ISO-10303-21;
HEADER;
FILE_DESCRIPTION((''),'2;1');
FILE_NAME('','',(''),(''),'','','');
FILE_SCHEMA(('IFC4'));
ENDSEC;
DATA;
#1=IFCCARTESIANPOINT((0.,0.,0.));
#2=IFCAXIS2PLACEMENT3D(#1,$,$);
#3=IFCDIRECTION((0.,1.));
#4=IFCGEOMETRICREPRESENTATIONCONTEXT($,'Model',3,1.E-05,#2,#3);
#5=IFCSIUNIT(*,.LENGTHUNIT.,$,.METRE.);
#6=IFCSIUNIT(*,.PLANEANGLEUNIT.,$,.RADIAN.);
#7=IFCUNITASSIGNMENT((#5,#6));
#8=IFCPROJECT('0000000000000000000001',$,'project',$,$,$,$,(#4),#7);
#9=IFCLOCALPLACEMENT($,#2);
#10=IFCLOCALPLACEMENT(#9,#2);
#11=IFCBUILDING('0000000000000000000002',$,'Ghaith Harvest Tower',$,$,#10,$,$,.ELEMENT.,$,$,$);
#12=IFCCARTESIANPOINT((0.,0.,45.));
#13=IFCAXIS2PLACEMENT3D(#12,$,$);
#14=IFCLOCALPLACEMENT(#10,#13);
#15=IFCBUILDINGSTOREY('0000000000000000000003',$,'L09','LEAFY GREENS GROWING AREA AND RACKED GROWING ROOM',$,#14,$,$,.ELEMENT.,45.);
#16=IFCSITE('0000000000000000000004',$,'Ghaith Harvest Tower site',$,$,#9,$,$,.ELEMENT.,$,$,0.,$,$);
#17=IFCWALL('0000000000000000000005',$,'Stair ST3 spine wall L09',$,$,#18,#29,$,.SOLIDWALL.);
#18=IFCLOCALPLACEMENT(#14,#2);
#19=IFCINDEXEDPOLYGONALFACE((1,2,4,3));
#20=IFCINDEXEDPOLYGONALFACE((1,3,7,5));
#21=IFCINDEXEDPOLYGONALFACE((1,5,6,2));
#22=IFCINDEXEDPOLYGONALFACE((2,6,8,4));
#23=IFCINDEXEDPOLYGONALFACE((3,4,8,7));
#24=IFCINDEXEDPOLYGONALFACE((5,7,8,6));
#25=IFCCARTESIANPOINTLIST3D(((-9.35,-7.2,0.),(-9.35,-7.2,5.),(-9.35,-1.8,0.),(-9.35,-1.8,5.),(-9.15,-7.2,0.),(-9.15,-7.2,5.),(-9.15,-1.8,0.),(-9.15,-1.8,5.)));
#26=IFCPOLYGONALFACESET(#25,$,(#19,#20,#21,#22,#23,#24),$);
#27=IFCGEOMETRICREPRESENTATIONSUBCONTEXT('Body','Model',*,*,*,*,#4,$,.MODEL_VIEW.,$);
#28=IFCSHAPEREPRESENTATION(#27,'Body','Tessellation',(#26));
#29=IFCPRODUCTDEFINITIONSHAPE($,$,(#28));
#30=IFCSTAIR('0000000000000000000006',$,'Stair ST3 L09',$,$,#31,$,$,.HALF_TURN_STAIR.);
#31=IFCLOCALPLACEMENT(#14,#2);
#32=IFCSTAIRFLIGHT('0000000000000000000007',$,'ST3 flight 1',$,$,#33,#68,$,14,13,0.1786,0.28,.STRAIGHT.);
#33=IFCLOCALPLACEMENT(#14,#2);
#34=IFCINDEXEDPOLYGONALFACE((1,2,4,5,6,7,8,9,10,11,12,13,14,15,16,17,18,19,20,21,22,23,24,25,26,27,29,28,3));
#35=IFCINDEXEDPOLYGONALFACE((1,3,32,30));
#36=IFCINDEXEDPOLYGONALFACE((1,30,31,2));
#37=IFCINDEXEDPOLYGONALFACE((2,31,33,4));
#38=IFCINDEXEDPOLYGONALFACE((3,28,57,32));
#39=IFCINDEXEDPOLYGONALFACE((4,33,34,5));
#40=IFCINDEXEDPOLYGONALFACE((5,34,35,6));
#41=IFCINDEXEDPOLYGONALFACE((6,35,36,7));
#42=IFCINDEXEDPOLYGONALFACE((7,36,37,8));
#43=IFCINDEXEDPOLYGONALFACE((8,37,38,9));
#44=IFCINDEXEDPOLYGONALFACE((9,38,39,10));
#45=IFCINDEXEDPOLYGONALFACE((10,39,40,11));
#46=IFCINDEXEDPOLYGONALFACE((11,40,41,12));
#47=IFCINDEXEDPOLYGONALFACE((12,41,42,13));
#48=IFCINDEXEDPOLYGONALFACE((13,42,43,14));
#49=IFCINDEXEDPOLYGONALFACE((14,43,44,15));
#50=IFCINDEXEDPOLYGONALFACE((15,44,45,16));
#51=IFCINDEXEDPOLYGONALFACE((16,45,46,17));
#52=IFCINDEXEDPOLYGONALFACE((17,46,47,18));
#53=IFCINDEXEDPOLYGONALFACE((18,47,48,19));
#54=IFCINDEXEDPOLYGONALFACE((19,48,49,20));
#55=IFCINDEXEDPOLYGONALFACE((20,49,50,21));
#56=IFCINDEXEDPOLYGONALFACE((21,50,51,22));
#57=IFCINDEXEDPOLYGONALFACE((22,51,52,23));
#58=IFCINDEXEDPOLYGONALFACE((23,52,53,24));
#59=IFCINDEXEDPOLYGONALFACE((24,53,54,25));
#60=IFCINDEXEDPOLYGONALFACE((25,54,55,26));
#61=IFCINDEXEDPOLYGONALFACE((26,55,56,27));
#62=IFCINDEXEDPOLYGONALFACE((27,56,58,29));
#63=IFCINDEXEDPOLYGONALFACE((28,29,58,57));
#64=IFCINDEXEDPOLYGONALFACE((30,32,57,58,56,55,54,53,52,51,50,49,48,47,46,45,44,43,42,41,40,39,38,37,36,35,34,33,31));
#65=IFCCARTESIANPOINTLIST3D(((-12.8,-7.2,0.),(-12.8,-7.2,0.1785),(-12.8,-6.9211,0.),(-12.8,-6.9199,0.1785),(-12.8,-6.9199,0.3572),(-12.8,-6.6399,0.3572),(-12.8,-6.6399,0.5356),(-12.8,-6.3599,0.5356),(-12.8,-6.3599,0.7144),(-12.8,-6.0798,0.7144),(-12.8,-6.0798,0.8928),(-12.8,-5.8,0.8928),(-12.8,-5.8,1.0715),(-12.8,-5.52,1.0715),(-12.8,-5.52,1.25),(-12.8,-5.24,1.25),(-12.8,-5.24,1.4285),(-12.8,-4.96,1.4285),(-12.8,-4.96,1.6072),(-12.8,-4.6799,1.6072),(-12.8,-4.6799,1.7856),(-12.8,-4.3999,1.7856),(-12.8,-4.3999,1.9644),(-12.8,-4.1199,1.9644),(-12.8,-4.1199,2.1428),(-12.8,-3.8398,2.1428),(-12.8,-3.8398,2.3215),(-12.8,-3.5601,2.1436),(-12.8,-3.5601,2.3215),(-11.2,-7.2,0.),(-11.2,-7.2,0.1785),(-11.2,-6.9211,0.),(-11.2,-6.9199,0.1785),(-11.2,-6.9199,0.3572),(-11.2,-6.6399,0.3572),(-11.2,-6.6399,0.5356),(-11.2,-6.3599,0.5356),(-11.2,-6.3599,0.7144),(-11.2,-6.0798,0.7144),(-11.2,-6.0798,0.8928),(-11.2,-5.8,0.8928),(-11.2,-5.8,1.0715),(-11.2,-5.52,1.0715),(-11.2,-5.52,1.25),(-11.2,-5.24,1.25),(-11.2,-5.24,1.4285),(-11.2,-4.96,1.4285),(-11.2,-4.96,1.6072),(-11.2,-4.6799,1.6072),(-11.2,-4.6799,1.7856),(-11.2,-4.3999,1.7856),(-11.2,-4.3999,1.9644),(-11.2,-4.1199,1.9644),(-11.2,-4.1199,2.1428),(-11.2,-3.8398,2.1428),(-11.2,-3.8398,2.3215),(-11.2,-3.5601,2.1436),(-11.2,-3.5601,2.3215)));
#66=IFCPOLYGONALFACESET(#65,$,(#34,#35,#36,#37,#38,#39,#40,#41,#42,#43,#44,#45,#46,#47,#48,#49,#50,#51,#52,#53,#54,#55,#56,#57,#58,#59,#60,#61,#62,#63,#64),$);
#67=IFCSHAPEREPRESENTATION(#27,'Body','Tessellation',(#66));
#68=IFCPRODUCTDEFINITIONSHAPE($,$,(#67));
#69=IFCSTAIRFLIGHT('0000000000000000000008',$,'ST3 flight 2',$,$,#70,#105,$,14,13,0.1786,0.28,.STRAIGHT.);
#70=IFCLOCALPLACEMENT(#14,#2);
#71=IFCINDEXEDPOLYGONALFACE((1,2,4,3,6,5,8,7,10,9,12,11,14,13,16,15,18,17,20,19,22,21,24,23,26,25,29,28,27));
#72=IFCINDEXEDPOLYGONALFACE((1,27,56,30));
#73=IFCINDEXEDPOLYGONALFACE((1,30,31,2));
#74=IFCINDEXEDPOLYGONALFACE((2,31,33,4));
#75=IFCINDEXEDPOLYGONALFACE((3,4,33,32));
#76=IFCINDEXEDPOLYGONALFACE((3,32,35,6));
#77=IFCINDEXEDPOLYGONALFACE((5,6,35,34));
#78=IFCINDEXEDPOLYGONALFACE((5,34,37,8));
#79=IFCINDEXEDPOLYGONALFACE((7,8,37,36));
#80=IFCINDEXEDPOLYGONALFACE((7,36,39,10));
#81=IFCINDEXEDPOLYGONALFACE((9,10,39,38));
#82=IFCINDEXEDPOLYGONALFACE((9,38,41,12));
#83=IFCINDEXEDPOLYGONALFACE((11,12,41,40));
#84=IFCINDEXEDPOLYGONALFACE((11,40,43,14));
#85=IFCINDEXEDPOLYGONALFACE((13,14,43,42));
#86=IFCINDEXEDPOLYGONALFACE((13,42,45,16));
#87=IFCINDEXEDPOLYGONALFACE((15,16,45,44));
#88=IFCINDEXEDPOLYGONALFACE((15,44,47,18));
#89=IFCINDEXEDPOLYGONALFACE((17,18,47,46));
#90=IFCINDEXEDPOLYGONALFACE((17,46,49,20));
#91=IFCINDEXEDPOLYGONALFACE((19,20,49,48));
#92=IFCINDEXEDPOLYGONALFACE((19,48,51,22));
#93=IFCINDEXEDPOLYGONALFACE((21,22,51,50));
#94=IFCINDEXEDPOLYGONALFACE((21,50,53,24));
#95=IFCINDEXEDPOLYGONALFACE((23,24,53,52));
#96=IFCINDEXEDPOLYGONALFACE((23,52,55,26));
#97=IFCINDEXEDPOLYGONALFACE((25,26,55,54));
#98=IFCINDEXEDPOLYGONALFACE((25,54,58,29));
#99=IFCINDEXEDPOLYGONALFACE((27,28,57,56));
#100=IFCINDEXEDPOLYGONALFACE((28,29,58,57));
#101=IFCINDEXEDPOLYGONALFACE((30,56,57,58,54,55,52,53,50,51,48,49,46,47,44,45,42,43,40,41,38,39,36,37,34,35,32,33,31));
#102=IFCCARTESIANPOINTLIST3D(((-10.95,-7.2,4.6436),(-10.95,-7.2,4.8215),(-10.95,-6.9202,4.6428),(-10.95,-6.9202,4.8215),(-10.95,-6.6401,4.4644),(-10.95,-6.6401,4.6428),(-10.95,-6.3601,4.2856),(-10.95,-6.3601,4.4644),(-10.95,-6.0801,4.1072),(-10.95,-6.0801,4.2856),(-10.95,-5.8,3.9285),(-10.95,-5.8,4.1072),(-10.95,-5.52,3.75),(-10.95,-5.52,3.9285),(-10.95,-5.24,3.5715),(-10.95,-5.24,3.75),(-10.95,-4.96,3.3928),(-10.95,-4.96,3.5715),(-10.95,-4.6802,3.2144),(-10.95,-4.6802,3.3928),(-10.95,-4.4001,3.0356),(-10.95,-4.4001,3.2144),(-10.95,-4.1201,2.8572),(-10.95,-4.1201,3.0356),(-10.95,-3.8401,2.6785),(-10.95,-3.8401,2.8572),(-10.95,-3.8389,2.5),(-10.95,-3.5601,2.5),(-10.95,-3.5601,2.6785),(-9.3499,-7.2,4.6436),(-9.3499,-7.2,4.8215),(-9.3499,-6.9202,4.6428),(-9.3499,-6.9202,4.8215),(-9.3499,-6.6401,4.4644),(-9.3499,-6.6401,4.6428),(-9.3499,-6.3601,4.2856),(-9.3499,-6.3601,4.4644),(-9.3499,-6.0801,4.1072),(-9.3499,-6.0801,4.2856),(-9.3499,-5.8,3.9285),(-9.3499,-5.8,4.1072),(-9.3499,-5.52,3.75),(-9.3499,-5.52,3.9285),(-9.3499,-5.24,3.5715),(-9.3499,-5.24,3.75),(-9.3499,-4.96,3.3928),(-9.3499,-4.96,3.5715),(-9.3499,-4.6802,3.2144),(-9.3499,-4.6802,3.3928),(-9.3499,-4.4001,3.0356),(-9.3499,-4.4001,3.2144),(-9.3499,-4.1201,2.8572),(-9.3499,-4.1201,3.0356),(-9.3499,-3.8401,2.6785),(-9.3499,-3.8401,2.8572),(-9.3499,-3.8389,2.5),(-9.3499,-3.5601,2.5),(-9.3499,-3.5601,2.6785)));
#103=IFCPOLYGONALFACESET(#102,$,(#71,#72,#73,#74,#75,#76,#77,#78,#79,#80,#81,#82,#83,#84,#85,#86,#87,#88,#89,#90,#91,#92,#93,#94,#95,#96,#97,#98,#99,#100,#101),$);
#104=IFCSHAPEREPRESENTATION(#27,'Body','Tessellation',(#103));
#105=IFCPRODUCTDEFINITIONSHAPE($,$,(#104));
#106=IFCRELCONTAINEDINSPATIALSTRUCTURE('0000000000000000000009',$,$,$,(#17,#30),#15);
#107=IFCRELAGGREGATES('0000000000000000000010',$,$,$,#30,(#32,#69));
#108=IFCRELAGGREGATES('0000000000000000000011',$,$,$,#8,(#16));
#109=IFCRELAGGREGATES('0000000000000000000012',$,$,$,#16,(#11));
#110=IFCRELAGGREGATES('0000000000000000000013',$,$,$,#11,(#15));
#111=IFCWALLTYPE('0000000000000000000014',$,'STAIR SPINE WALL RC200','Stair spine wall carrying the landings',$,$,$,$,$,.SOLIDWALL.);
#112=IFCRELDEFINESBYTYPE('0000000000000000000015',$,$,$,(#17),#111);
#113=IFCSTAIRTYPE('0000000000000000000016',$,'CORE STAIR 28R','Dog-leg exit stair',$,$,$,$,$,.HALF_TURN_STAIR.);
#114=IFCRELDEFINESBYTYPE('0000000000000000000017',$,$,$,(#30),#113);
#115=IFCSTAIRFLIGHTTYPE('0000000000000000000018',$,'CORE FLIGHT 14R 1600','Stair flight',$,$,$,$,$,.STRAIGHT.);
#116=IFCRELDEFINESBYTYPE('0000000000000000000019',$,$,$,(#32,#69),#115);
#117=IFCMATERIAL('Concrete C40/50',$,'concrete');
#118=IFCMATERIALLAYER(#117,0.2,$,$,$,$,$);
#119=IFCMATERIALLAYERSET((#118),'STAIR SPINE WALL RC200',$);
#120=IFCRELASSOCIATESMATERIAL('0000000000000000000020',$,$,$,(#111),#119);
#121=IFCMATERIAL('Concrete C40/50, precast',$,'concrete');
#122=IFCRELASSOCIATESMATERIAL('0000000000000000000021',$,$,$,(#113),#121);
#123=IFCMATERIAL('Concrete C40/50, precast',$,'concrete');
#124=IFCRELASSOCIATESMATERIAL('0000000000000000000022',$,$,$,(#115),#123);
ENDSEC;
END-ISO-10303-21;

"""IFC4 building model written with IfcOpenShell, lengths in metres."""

from ifc_helpers import new_model, si_unit, direction, frame, frame_2d, origin, place, context, subcontext, project, spatial, polyline, rectangle, outline, extrude, material, layer, layer_set, type_object, element, aggregate, save


model = new_model("IFC4")

# Units and contexts
model_context = context("Model", 3, precision=1e-05, world=origin(), true_north=direction((0.0, 1.0)))
body_context = subcontext(model_context, "Body", "Model", "MODEL_VIEW")
ifc_project = project(units=[si_unit("LENGTHUNIT", "METRE"), si_unit("PLANEANGLEUNIT", "RADIAN")], contexts=[model_context])

# Site, building, storey
site_placement = place(None, origin())
site = spatial("IfcSite", under=ifc_project, at=site_placement, Name="Ghaith Harvest Tower site", CompositionType="ELEMENT", RefElevation=0.0)
building_placement = place(site_placement, origin())
building = spatial("IfcBuilding", under=site, at=building_placement, Name="Ghaith Harvest Tower", CompositionType="ELEMENT")
storey_placement = place(building_placement, frame((0.0, 0.0, 45.0)))
storey = spatial("IfcBuildingStorey", under=building, at=storey_placement, Name="L09", Description="LEAFY GREENS GROWING AREA AND RACKED GROWING ROOM", CompositionType="ELEMENT", Elevation=45.0)

# Wall
ifc_material_1 = material(Name="Concrete C40/50", Category="concrete")
ifc_layer_1 = layer(ifc_material_1, 0.2)
ifc_layer_set_1 = layer_set([ifc_layer_1], Name="STAIR SPINE WALL RC200")
wall_type_1 = type_object("IfcWallType", Name="STAIR SPINE WALL RC200", Description="Stair spine wall carrying the landings", PredefinedType="SOLIDWALL", material=ifc_layer_set_1)
wall_1_placement = place(storey_placement, frame((-9.25, -7.2, 0.0), z_axis=(0.0, 0.0, 1.0), x_axis=(0.0, 1.0, 0.0)))
element("IfcWall", 1, at=wall_1_placement, inside=storey, type_object=wall_type_1, Name="Stair ST3 spine wall L09", PredefinedType="SOLIDWALL", context=body_context, shape_type="SweptSolid", body=[
    extrude(rectangle(XDim=5.3999, YDim=0.2, at=frame_2d((2.7, 0.0))), origin(), (0.0, 0.0, 1.0), 5.0),
])

# Stair, stair flights
ifc_material_2 = material(Name="Concrete C40/50, precast", Category="concrete")
stair_type = type_object("IfcStairType", Name="CORE STAIR 28R", Description="Dog-leg exit stair", PredefinedType="HALF_TURN_STAIR", material=ifc_material_2)
stair_placement = place(storey_placement, origin())
stair = element("IfcStair", 2, at=stair_placement, inside=storey, type_object=stair_type, Name="Stair ST3 L09", PredefinedType="HALF_TURN_STAIR")
ifc_material_3 = material(Name="Concrete C40/50, precast", Category="concrete")
stair_flight_type = type_object("IfcStairFlightType", Name="CORE FLIGHT 14R 1600", Description="Stair flight", PredefinedType="STRAIGHT", material=ifc_material_3)
stair_flight_1_placement = place(storey_placement, frame((-12.0, -7.2, 0.0), z_axis=(0.0, 0.0, 1.0), x_axis=(0.0, 1.0, 0.0)))
stair_flight_1 = element("IfcStairFlight", 3, at=stair_flight_1_placement, type_object=stair_flight_type, Name="ST3 flight 1", NumberOfRisers=14, NumberOfTreads=13, PredefinedType="STRAIGHT", RiserHeight=0.1786, TreadLength=0.28, context=body_context, shape_type="SweptSolid", body=[
    extrude(outline(polyline([(0.0, 0.0), (0.0, 0.1785), (0.28, 0.1785), (0.28, 0.3572), (0.5601, 0.3572), (0.5601, 0.5356), (0.8401, 0.5356), (0.8401, 0.7144), (1.1201, 0.7144), (1.1201, 0.8928), (1.3999, 0.8928), (1.3999, 1.0715), (1.6799, 1.0715), (1.6799, 1.25), (1.96, 1.25), (1.96, 1.4285), (2.24, 1.4285), (2.24, 1.6072), (2.52, 1.6072), (2.52, 1.7856), (2.8, 1.7856), (2.8, 1.9644), (3.0801, 1.9644), (3.0801, 2.1428), (3.3601, 2.1428), (3.3601, 2.3215), (3.6399, 2.3215), (3.6399, 2.5), (3.6399, 2.1436), (0.2788, 0.0), (0.0, 0.0)])), frame((0.0, 0.8, 0.0), z_axis=(0.0, -1.0, 0.0), x_axis=(1.0, 0.0, 0.0)), (0.0, 0.0, 1.0), 1.6001),
])
stair_flight_2_placement = place(storey_placement, frame((-10.1499, -3.5601, 2.5), z_axis=(0.0, 0.0, 1.0), x_axis=(0.0, -1.0, 0.0)))
stair_flight_2 = element("IfcStairFlight", 4, at=stair_flight_2_placement, type_object=stair_flight_type, Name="ST3 flight 2", NumberOfRisers=14, NumberOfTreads=13, PredefinedType="STRAIGHT", RiserHeight=0.1786, TreadLength=0.28, context=body_context, shape_type="SweptSolid", body=[
    extrude(outline(polyline([(0.0, 0.0), (0.0, 0.1785), (0.28, 0.1785), (0.28, 0.3572), (0.5601, 0.3572), (0.5601, 0.5356), (0.8401, 0.5356), (0.8401, 0.7144), (1.1201, 0.7144), (1.1201, 0.8928), (1.3999, 0.8928), (1.3999, 1.0715), (1.6799, 1.0715), (1.6799, 1.25), (1.96, 1.25), (1.96, 1.4285), (2.24, 1.4285), (2.24, 1.6072), (2.52, 1.6072), (2.52, 1.7856), (2.8, 1.7856), (2.8, 1.9644), (3.0801, 1.9644), (3.0801, 2.1428), (3.3601, 2.1428), (3.3601, 2.3215), (3.6399, 2.3215), (3.6399, 2.5), (3.6399, 2.1436), (0.2788, 0.0), (0.0, 0.0)])), frame((0.0, 0.8, 0.0), z_axis=(0.0, -1.0, 0.0), x_axis=(1.0, 0.0, 0.0)), (0.0, 0.0, 1.0), 1.6001),
])
aggregate(stair, [stair_flight_1, stair_flight_2])

save(model, "model.ifc")
